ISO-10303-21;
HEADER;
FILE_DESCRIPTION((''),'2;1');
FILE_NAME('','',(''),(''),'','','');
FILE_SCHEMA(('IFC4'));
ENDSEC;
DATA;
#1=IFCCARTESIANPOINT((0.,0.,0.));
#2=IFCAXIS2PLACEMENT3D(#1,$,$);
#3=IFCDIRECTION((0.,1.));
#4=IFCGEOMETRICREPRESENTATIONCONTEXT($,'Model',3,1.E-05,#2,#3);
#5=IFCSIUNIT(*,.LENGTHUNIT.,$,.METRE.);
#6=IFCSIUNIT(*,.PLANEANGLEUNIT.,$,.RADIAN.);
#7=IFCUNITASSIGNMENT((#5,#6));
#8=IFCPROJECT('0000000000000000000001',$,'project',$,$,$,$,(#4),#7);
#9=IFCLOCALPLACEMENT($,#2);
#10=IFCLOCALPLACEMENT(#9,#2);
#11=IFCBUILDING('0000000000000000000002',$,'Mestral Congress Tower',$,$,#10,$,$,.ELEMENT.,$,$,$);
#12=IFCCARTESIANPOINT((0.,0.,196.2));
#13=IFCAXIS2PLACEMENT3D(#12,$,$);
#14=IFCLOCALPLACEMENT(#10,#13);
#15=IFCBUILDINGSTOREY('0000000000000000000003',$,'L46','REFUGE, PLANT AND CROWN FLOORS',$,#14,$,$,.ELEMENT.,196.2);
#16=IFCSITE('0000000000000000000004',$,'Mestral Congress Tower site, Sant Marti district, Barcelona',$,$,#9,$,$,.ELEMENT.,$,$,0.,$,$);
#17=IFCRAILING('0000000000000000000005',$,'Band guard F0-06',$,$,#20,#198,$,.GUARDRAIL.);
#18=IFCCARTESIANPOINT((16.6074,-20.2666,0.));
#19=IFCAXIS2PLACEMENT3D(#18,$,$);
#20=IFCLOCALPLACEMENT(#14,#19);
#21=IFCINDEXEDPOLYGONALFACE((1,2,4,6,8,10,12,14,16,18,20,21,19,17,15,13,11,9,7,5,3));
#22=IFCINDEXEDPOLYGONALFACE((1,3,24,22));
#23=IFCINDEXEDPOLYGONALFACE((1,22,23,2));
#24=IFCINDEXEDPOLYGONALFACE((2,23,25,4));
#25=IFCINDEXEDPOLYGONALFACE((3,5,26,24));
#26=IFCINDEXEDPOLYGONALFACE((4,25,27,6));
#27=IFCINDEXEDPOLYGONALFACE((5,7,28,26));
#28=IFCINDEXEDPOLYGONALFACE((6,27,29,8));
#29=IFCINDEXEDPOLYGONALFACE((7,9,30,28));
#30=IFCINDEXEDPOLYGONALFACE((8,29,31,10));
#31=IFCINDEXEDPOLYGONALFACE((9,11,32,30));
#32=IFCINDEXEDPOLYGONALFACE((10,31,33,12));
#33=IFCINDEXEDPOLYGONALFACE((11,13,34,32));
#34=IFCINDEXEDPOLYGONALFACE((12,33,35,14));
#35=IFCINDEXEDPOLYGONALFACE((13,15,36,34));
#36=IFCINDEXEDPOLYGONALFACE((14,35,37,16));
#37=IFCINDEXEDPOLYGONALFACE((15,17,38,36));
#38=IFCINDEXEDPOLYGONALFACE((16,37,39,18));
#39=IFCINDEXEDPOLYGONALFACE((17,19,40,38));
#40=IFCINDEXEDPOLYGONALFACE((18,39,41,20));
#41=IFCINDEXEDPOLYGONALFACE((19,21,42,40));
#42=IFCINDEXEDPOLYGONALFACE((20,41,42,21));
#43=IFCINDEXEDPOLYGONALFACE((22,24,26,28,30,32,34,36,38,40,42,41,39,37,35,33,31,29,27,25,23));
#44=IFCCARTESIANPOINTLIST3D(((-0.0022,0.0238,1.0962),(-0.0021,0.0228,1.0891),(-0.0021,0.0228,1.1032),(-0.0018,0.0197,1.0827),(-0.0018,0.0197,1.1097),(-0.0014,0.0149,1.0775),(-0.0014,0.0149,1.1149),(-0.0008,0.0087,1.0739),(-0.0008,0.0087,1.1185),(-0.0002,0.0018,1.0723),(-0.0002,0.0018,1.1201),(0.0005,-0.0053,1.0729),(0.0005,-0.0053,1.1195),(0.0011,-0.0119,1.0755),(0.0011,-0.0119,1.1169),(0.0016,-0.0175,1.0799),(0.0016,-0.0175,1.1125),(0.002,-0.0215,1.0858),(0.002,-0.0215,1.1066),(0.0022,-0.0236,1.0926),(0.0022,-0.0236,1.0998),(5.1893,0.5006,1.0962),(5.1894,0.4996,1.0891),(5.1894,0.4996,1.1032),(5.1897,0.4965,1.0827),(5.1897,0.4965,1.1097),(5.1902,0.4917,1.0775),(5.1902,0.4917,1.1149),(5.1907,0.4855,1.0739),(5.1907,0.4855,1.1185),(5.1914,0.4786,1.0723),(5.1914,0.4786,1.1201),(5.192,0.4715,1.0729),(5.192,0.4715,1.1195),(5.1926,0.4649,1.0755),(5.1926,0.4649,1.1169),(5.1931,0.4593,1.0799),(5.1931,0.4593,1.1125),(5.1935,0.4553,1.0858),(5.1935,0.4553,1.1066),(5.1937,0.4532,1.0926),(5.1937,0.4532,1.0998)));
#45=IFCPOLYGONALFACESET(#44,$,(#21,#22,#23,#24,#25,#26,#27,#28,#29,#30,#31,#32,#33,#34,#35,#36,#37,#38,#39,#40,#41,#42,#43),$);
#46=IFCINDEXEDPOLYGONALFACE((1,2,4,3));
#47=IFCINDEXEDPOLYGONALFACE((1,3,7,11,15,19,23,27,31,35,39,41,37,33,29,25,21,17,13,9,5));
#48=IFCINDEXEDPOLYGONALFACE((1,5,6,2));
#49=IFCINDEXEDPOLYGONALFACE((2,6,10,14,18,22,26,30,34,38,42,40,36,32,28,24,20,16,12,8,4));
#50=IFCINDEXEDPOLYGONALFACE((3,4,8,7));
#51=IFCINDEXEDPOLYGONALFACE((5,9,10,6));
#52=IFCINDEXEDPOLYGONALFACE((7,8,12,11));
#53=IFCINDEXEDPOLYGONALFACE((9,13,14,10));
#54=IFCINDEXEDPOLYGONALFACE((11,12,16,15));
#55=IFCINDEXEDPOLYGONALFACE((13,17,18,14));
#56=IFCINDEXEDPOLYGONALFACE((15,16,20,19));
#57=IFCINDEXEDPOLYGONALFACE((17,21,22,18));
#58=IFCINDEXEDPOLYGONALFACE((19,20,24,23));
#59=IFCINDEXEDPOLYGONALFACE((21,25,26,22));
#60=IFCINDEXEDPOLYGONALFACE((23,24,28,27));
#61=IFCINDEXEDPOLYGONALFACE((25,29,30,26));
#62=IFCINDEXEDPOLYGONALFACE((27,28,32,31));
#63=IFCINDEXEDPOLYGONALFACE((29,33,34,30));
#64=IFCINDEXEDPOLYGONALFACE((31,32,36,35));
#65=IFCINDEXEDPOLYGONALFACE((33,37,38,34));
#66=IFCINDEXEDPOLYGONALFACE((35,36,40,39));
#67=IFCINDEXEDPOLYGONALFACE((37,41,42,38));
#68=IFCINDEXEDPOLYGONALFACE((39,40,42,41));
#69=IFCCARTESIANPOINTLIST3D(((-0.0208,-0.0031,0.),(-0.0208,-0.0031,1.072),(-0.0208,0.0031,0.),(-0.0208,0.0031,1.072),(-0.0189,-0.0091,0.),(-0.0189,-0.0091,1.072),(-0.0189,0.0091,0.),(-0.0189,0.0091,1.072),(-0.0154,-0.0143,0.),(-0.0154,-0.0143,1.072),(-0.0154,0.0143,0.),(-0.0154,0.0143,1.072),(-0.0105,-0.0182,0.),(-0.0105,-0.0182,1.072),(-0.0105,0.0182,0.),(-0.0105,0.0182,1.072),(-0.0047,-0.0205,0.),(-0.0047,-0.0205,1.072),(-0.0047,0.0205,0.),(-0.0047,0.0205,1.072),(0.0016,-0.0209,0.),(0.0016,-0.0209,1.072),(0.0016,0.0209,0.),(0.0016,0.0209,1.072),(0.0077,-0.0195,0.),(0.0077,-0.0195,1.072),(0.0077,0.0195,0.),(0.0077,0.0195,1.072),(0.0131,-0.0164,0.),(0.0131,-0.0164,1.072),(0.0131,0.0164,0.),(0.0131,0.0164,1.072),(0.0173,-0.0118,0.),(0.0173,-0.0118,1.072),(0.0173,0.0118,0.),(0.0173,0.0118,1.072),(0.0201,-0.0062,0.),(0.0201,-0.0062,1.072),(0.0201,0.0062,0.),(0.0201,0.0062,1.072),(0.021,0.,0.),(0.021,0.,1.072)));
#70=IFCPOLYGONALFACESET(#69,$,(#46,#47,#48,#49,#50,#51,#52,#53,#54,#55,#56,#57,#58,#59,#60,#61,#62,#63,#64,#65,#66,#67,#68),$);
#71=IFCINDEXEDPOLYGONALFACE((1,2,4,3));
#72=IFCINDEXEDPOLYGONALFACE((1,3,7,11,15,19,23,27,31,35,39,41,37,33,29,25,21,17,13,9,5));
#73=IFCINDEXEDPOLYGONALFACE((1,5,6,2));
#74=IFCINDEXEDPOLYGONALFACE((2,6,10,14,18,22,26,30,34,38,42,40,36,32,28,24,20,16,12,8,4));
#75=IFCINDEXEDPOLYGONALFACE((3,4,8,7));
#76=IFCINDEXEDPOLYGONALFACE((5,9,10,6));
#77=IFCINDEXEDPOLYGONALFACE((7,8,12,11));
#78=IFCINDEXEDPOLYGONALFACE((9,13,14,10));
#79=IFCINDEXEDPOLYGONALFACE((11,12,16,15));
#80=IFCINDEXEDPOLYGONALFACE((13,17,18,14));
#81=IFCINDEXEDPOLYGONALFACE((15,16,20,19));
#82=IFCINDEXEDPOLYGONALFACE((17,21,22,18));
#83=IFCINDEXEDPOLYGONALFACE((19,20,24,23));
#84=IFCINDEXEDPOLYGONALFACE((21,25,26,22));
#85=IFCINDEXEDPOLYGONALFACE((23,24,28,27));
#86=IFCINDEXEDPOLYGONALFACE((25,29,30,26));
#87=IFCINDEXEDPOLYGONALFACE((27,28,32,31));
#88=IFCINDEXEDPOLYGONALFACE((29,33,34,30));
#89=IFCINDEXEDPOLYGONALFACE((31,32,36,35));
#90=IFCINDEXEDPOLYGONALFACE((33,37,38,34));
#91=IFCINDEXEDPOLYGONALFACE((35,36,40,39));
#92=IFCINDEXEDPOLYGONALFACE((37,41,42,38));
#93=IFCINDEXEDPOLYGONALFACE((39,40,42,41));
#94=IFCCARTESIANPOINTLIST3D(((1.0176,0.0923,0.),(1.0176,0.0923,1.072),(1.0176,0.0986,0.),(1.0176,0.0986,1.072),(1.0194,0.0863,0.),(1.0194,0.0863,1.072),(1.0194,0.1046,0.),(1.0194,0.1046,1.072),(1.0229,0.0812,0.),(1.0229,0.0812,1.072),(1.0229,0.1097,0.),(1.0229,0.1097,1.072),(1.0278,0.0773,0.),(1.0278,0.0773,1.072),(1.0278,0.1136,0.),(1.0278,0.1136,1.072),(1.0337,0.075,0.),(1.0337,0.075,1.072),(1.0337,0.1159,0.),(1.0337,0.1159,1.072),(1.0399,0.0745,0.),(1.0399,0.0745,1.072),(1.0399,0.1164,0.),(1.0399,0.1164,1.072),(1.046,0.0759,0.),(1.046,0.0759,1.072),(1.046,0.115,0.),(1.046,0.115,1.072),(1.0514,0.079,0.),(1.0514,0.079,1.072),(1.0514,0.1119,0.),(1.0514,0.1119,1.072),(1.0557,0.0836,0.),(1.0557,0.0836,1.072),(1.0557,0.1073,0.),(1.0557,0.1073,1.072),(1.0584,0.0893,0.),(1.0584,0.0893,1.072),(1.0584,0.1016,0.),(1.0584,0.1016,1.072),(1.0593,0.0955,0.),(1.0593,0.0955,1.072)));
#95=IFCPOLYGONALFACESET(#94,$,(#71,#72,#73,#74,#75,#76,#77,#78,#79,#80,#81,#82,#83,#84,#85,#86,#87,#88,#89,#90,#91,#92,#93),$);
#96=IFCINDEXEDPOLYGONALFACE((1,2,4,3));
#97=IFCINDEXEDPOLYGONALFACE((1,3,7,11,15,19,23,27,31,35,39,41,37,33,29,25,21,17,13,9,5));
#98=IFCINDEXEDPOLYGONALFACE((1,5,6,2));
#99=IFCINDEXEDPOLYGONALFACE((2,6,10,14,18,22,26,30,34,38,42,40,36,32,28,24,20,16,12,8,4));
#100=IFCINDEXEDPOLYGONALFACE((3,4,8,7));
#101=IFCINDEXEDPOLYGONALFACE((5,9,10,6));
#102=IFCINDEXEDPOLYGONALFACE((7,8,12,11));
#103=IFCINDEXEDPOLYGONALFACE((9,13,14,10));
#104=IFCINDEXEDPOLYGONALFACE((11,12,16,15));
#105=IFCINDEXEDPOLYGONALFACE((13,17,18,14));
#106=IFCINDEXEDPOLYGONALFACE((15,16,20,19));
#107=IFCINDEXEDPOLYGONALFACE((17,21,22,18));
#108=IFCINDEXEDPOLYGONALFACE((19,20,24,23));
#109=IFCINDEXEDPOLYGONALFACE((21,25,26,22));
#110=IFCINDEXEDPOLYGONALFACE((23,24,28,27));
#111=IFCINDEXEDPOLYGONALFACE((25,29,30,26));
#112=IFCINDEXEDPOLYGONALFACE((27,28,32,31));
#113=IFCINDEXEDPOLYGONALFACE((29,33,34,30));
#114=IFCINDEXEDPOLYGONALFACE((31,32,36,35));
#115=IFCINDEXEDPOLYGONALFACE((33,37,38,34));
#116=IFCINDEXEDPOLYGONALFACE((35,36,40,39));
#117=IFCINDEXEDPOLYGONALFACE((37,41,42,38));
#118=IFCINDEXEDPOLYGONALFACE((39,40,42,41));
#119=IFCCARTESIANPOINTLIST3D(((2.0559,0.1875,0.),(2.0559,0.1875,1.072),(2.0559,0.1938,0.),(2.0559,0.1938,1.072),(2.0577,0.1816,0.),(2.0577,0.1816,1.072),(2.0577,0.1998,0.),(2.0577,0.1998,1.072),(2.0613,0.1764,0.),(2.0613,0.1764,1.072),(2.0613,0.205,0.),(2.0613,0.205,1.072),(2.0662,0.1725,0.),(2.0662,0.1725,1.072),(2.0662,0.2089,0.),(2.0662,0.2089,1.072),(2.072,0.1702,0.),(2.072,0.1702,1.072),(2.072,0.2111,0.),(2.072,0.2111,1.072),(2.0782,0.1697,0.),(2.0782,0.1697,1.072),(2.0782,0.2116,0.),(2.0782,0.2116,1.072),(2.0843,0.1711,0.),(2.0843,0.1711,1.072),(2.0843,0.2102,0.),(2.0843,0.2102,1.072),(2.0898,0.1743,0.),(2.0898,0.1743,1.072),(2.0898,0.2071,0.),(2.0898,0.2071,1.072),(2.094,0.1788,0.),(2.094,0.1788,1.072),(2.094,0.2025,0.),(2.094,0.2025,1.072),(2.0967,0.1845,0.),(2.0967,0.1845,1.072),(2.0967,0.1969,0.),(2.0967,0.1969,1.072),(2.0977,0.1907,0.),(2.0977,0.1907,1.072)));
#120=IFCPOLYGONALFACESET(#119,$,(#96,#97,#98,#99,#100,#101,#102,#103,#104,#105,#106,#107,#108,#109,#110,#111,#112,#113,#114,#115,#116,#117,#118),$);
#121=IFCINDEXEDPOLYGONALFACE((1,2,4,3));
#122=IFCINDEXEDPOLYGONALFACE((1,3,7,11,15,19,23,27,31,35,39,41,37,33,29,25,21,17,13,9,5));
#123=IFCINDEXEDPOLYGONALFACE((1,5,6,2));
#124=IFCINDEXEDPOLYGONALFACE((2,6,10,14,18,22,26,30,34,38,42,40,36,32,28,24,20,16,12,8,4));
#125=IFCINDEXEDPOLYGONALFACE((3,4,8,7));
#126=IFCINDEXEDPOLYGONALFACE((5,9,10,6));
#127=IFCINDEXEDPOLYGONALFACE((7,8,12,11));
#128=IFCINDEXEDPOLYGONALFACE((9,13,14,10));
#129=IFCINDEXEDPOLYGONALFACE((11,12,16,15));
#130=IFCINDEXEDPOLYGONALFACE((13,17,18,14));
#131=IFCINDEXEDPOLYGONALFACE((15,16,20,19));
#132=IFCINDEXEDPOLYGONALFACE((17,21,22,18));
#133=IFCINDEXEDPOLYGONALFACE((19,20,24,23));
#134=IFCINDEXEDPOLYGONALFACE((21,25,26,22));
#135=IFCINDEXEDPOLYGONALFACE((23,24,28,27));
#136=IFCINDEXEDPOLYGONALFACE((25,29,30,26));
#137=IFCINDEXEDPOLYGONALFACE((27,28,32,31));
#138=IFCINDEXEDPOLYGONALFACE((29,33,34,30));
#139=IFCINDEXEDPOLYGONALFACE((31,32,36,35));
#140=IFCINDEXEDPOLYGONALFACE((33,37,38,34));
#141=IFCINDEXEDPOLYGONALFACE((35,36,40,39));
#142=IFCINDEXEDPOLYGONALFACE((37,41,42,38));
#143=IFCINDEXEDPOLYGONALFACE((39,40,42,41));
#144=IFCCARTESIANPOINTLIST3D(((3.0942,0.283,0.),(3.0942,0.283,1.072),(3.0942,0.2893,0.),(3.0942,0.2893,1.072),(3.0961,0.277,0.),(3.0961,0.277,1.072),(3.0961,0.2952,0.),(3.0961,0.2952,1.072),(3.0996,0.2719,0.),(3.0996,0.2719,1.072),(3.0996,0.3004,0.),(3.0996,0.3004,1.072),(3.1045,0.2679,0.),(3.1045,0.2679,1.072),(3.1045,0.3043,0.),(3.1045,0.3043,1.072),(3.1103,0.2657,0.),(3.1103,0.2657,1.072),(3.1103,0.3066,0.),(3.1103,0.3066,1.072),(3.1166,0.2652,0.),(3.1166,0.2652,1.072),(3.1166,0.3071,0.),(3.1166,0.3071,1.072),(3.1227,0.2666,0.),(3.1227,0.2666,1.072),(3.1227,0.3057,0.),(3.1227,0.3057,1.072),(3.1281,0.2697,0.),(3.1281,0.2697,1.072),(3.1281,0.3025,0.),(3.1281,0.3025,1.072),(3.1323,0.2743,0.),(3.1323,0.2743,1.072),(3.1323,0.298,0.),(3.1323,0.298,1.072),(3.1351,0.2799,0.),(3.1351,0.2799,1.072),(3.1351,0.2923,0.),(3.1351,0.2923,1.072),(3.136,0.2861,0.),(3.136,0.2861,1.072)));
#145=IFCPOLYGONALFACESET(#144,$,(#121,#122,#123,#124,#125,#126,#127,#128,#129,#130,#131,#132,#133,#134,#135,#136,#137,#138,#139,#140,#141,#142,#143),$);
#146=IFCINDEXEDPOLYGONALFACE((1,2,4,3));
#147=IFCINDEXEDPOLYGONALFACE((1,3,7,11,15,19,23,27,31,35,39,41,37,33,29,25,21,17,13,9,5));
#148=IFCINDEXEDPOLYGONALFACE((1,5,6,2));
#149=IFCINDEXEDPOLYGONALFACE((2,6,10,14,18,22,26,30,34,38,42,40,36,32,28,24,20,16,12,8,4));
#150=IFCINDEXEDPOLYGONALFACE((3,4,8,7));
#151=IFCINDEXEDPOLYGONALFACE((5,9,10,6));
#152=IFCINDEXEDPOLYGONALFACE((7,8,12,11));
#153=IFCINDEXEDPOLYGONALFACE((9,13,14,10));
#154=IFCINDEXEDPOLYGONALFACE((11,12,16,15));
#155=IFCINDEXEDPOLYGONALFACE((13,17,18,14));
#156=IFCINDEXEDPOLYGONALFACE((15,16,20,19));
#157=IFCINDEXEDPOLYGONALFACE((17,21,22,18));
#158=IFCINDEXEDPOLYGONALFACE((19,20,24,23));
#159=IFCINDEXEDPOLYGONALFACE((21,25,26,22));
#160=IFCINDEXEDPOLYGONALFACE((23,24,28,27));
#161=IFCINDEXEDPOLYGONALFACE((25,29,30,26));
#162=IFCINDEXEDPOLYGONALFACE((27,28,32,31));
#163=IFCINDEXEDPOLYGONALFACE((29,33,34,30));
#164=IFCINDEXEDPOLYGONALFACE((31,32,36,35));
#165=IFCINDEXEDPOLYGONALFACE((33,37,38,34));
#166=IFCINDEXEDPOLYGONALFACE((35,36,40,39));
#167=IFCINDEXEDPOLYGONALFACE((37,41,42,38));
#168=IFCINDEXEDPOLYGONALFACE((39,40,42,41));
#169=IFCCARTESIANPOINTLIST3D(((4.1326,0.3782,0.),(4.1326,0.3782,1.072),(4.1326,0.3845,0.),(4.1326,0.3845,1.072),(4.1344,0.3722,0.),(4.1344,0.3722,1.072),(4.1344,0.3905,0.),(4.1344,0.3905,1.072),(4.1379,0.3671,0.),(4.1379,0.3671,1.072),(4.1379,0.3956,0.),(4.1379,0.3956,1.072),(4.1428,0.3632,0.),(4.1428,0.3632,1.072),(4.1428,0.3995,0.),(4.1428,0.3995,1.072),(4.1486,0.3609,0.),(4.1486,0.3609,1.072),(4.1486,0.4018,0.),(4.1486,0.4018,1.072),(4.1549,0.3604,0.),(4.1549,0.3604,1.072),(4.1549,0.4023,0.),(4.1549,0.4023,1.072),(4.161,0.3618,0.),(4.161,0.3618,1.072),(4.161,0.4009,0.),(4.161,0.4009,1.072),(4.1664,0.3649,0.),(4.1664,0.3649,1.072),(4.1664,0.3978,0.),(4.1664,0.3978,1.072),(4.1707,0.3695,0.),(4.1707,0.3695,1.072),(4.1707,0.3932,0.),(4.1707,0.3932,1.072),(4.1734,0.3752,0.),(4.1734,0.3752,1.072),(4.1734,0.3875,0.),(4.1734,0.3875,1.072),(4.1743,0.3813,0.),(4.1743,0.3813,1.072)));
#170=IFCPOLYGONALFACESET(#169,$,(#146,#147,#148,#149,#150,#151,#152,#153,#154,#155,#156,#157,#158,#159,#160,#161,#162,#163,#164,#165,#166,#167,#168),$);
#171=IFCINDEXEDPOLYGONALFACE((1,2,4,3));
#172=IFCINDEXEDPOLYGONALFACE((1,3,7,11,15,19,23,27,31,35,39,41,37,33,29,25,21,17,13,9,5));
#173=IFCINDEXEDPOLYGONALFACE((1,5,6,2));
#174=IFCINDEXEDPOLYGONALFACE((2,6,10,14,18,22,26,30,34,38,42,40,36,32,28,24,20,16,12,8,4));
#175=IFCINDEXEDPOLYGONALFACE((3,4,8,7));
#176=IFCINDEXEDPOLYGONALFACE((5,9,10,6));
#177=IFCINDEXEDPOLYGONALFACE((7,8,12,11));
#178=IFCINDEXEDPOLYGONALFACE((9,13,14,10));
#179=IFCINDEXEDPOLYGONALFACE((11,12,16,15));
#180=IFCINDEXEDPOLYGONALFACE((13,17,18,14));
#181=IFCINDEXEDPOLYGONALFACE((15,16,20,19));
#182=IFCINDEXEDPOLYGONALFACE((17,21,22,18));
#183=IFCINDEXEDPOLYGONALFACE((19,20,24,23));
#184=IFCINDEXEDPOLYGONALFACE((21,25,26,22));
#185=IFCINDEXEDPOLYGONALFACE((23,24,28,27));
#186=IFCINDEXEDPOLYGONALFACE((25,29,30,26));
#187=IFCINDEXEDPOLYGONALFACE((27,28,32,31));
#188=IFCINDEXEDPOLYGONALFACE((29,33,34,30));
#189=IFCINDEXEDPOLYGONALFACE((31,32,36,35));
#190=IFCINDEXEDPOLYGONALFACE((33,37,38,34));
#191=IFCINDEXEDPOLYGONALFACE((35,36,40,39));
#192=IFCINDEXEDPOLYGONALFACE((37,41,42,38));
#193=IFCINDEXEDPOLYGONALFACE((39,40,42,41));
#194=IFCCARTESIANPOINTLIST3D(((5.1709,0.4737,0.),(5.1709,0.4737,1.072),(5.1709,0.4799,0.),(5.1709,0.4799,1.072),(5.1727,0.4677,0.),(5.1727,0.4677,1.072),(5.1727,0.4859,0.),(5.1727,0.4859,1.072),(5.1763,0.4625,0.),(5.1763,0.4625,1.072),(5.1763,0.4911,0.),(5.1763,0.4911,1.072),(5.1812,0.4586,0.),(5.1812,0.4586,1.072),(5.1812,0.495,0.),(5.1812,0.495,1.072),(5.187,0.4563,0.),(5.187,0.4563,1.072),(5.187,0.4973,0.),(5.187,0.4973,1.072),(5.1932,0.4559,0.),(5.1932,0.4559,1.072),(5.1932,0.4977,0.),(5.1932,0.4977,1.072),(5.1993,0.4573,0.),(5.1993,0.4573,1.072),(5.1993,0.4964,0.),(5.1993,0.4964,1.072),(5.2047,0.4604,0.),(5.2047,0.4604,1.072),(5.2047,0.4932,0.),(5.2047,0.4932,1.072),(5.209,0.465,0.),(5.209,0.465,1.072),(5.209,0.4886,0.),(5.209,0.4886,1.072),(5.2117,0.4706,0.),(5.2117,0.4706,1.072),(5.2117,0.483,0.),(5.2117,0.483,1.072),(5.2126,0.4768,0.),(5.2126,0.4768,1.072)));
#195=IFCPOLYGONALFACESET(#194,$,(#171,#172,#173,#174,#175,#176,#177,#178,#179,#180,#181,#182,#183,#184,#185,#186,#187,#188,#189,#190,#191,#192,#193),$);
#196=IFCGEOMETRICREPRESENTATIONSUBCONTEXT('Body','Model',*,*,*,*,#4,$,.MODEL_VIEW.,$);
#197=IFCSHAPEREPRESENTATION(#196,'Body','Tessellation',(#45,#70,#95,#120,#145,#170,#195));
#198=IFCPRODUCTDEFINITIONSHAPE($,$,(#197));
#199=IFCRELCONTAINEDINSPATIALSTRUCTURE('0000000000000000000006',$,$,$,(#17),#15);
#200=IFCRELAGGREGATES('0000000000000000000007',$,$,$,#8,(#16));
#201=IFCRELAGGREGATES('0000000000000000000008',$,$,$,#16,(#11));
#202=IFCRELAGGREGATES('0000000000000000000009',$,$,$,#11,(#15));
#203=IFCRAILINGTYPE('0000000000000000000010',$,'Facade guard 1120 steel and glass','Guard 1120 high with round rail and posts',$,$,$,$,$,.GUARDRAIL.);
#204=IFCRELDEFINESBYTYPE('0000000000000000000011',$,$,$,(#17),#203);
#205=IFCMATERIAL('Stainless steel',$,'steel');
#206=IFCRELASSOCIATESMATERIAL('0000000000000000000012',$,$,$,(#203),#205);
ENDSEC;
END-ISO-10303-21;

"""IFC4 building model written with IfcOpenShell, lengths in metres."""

from ifc_helpers import new_model, si_unit, direction, frame, origin, origin_2d, place, context, subcontext, project, spatial, circle, extrude, material, type_object, element, save


model = new_model("IFC4")

# Units and contexts
model_context = context("Model", 3, precision=1e-05, world=origin(), true_north=direction((0.0, 1.0)))
body_context = subcontext(model_context, "Body", "Model", "MODEL_VIEW")
ifc_project = project(units=[si_unit("LENGTHUNIT", "METRE"), si_unit("PLANEANGLEUNIT", "RADIAN")], contexts=[model_context])

# Site, building, storey
site_placement = place(None, origin())
site = spatial("IfcSite", under=ifc_project, at=site_placement, Name="Mestral Congress Tower site, Sant Marti district, Barcelona", CompositionType="ELEMENT", RefElevation=0.0)
building_placement = place(site_placement, origin())
building = spatial("IfcBuilding", under=site, at=building_placement, Name="Mestral Congress Tower", CompositionType="ELEMENT")
storey_placement = place(building_placement, frame((0.0, 0.0, 196.2)))
storey = spatial("IfcBuildingStorey", under=building, at=storey_placement, Name="L46", Description="REFUGE, PLANT AND CROWN FLOORS", CompositionType="ELEMENT", Elevation=196.2)

# Railing
ifc_material_1 = material(Name="Stainless steel", Category="steel")
railing_type = type_object("IfcRailingType", Name="Facade guard 1120 steel and glass", Description="Guard 1120 high with round rail and posts", PredefinedType="GUARDRAIL", material=ifc_material_1)
railing_1_placement = place(storey_placement, frame((16.6074, -20.2666, 0.0)))
element("IfcRailing", 1, at=railing_1_placement, inside=storey, type_object=railing_type, Name="Band guard F0-06", PredefinedType="GUARDRAIL", context=body_context, shape_type="SweptSolid", body=[
    extrude(circle(Radius=0.0239, at=origin_2d()), frame((0.0, 0.0, 1.0962), z_axis=(0.995809, 0.091456, 0.0), x_axis=(-0.091456, 0.995809, 0.0)), (0.0, 0.0, 1.0), 5.2134),
    extrude(circle(Radius=0.021, at=origin_2d()), origin(), (0.0, 0.0, 1.0), 1.072),
    extrude(circle(Radius=0.021, at=origin_2d()), frame((1.0383, 0.0955, 0.0)), (0.0, 0.0, 1.0), 1.072),
    extrude(circle(Radius=0.021, at=origin_2d()), frame((2.0767, 0.1907, 0.0)), (0.0, 0.0, 1.0), 1.072),
    extrude(circle(Radius=0.021, at=origin_2d()), frame((3.115, 0.2861, 0.0)), (0.0, 0.0, 1.0), 1.072),
    extrude(circle(Radius=0.021, at=origin_2d()), frame((4.1533, 0.3813, 0.0)), (0.0, 0.0, 1.0), 1.072),
    extrude(circle(Radius=0.021, at=origin_2d()), frame((5.1917, 0.4768, 0.0)), (0.0, 0.0, 1.0), 1.072),
])

save(model, "model.ifc")
